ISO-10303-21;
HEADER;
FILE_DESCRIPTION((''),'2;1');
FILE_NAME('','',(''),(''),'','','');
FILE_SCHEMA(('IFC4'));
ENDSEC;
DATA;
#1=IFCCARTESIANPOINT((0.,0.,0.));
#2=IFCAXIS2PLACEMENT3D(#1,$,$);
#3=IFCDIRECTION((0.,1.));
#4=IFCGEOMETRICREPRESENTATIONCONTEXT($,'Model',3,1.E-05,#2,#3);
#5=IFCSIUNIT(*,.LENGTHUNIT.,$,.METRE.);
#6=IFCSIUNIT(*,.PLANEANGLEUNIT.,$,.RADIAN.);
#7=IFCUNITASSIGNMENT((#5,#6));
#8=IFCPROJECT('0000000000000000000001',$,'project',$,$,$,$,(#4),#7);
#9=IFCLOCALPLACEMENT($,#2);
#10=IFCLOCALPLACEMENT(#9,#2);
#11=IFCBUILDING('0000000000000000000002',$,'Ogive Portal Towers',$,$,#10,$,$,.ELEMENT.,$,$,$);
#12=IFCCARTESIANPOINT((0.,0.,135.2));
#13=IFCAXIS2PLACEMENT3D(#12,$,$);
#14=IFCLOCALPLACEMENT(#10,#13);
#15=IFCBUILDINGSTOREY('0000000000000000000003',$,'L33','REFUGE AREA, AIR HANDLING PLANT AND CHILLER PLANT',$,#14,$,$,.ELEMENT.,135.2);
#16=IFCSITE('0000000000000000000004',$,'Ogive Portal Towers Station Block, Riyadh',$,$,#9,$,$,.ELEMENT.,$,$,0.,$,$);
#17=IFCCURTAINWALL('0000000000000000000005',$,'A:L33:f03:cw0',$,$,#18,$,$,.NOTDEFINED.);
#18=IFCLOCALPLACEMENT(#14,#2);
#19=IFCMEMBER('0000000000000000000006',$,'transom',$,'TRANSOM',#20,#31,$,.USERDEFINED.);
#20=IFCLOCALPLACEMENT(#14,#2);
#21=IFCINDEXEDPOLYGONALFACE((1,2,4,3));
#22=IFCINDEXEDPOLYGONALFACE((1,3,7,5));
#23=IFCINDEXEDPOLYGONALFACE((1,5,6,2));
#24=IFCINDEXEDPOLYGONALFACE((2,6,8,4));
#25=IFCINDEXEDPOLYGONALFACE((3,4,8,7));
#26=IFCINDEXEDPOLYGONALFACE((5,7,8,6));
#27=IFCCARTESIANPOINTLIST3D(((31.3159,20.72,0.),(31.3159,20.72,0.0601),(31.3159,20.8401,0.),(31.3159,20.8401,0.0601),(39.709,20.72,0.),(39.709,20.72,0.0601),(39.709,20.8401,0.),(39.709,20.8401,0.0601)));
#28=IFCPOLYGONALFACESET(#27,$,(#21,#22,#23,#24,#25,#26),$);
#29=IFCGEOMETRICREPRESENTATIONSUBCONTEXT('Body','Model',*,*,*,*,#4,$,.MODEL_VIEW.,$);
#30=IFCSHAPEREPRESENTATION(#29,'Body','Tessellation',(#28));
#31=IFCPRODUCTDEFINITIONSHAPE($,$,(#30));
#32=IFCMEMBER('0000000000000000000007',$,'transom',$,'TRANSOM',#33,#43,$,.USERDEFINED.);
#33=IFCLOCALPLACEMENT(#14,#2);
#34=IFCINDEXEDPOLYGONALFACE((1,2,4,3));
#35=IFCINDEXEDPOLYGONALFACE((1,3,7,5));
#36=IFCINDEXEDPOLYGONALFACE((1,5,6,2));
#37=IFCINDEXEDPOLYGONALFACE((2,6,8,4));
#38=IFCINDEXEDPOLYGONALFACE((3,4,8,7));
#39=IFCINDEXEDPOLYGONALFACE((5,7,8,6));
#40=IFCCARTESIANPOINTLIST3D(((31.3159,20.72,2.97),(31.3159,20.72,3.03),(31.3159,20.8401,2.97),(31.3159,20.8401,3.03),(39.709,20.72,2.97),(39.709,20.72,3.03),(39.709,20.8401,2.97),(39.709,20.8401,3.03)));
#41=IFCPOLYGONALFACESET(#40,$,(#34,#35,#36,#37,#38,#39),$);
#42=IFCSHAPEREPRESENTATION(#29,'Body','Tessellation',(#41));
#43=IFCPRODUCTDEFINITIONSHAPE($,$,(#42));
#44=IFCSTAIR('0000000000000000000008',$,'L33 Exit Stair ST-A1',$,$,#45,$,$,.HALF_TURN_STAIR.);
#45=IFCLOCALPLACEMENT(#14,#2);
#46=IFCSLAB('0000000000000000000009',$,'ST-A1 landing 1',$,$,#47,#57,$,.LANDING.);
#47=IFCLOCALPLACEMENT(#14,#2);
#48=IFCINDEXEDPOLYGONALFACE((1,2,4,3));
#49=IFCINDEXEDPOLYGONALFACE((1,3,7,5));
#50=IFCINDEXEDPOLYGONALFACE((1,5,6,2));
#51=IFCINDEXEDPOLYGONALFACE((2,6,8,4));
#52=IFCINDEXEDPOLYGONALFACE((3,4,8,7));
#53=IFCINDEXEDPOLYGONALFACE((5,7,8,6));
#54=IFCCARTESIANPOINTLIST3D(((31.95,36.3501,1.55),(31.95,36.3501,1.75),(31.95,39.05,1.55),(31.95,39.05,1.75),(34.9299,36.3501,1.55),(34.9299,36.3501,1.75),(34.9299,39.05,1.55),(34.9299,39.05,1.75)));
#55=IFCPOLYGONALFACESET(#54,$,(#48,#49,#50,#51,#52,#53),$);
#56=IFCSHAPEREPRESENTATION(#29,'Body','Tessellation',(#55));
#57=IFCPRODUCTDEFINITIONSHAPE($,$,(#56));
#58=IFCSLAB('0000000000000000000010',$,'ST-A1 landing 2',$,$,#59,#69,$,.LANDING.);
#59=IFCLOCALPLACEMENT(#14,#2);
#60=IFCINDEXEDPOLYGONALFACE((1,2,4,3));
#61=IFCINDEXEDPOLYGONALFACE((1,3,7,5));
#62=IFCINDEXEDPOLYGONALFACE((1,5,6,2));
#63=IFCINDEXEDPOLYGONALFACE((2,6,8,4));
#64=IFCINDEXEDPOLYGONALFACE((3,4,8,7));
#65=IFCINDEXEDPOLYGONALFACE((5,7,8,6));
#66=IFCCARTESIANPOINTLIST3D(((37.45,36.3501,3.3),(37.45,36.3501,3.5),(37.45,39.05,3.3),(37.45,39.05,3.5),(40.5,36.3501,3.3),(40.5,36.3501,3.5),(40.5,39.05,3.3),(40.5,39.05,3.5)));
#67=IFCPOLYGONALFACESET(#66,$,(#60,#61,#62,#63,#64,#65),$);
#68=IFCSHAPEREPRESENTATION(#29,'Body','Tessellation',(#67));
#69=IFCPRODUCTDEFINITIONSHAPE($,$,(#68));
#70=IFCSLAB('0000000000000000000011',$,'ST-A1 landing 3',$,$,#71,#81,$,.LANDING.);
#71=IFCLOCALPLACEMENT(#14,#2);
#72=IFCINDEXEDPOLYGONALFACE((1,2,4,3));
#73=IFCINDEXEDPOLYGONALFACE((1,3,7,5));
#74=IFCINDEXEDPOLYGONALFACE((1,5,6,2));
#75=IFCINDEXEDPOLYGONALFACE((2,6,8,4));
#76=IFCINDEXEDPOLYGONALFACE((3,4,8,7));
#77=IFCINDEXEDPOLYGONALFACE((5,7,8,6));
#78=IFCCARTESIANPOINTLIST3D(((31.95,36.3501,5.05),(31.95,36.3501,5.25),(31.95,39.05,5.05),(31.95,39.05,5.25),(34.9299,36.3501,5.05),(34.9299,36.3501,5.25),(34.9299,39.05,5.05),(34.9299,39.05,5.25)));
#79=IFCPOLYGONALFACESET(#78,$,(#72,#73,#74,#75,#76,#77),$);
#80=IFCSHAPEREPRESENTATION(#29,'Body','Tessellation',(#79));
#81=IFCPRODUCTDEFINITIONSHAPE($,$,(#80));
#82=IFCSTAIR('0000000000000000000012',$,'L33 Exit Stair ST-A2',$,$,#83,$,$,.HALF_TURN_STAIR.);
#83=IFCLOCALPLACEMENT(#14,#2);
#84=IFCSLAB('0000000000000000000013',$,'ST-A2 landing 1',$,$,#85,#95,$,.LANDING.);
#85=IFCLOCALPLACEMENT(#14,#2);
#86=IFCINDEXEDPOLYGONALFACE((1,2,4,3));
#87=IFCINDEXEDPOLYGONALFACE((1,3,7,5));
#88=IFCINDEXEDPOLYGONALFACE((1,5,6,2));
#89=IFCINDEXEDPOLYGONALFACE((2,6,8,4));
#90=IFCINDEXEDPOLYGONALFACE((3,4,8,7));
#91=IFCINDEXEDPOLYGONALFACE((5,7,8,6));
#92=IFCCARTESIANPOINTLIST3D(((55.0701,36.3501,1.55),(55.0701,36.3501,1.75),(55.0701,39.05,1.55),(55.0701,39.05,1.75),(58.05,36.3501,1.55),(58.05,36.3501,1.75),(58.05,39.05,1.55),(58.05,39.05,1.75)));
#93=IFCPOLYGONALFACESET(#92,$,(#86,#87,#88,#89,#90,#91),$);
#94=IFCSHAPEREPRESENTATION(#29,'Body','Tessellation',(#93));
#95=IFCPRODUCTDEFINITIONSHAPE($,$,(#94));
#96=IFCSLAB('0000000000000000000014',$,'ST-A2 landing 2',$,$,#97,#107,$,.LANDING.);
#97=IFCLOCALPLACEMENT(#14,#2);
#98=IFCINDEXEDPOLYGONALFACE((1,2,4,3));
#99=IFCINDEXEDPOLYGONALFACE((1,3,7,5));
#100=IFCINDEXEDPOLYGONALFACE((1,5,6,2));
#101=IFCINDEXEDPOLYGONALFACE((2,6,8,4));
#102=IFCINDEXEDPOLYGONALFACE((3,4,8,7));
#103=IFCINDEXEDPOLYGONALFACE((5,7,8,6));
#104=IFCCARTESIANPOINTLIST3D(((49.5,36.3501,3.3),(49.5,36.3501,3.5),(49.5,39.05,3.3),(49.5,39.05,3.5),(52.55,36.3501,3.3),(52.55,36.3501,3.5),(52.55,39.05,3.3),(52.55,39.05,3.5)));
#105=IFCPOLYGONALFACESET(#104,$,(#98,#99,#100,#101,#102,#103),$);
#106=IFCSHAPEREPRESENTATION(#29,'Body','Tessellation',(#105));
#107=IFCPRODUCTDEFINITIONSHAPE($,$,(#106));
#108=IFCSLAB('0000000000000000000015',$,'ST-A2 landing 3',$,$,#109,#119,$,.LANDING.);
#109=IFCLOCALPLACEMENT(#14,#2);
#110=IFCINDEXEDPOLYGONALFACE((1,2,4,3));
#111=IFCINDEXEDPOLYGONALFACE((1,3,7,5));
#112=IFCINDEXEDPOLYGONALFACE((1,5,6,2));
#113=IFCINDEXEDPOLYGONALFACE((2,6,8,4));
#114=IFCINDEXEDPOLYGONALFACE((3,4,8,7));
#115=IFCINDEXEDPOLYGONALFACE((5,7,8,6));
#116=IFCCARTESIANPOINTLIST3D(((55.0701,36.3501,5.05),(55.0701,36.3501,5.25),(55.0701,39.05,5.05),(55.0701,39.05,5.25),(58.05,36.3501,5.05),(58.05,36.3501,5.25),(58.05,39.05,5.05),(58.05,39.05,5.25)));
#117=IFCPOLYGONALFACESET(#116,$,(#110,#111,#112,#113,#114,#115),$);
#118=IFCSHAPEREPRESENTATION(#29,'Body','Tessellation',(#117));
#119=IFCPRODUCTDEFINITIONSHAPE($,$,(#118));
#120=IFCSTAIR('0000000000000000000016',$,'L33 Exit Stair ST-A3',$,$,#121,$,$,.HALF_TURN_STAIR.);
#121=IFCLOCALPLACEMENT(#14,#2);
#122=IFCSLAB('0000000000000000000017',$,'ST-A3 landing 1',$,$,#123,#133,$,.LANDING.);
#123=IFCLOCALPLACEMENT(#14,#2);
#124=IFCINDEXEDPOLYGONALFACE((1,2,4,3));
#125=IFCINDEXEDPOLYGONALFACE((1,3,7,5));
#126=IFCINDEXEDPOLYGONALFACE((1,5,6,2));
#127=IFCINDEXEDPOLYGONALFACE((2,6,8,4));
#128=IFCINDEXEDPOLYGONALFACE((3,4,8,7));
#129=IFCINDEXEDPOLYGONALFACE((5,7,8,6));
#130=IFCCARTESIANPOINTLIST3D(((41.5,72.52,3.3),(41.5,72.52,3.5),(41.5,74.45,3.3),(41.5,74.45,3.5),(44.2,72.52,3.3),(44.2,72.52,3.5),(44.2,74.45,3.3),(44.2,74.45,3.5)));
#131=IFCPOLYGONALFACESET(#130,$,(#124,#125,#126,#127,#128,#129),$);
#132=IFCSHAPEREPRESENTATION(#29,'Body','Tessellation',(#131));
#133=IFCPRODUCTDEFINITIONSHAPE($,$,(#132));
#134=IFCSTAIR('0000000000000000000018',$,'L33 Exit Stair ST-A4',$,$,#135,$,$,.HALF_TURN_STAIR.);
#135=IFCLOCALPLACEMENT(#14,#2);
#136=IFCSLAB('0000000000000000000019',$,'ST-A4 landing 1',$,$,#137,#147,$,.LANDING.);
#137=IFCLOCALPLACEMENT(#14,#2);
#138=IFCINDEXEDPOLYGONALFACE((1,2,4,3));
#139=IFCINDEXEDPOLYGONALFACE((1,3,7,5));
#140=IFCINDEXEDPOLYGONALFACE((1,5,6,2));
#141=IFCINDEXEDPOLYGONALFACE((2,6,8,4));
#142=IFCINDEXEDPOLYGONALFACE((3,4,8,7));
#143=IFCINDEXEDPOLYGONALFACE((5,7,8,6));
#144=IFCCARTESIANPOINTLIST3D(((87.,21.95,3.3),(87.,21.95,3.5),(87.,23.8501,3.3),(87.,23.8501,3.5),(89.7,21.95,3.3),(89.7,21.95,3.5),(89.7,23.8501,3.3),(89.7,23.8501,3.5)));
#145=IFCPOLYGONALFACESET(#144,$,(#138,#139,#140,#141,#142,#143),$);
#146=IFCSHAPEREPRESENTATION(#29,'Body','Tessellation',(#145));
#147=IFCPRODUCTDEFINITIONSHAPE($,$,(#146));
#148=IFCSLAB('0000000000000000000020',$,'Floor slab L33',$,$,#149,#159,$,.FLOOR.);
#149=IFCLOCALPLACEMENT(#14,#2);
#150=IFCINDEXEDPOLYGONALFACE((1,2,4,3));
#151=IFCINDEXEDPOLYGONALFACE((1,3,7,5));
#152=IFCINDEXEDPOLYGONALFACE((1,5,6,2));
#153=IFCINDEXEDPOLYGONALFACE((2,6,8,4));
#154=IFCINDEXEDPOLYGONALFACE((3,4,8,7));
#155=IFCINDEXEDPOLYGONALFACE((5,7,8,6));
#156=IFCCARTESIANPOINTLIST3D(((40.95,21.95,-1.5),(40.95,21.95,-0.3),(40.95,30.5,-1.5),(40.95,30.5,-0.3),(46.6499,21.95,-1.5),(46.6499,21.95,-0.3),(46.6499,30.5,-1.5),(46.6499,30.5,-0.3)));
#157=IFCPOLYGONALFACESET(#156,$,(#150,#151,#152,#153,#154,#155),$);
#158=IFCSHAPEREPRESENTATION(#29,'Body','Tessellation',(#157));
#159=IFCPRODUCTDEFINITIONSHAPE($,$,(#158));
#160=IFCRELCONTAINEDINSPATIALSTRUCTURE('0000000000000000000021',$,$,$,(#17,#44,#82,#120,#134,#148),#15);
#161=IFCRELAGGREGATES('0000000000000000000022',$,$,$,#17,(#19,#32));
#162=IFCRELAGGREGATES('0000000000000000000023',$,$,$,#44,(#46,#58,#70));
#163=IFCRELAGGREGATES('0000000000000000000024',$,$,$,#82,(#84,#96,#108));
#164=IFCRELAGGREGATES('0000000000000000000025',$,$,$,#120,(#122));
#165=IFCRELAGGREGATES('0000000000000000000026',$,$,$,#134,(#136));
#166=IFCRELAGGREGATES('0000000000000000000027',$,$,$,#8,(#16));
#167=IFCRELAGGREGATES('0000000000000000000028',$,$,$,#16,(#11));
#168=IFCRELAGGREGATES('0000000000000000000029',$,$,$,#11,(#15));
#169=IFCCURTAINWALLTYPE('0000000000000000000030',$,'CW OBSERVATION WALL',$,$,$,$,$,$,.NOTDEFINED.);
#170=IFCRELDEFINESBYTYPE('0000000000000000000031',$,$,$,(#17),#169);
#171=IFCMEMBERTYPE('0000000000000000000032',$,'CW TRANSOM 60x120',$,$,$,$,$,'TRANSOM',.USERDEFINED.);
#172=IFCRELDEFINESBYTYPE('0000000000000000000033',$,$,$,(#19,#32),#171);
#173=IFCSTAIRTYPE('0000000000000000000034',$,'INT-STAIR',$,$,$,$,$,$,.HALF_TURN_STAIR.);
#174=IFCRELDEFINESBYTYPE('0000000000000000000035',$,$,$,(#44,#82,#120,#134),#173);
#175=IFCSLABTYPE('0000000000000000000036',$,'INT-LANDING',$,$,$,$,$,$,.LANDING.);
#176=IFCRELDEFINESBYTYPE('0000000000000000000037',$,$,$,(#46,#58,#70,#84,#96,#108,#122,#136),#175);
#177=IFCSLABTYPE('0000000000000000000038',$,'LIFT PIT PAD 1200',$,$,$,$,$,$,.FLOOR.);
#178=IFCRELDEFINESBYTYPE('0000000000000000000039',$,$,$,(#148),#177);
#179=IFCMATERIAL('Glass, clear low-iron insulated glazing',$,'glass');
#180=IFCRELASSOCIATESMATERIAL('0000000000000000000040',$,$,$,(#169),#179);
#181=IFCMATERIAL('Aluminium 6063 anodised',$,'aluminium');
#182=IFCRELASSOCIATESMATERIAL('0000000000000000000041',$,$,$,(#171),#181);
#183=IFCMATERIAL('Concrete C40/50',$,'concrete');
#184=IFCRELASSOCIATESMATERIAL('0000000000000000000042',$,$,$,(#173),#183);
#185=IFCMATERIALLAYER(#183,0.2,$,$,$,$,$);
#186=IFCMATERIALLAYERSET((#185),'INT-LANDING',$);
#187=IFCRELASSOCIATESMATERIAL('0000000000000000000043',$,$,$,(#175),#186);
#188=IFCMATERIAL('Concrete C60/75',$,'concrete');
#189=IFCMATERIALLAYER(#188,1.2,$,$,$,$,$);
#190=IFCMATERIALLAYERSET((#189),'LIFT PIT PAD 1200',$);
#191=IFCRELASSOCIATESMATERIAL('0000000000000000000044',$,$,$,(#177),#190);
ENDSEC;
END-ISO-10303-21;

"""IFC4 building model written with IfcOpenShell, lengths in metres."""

from ifc_helpers import new_model, si_unit, direction, frame, origin, origin_2d, place, context, subcontext, project, spatial, polyline, rectangle, outline, extrude, material, layer, layer_set, material_profile, profile_set, type_object, element, aggregate, save


model = new_model("IFC4")

# Units and contexts
model_context = context("Model", 3, precision=1e-05, world=origin(), true_north=direction((0.0, 1.0)))
body_context = subcontext(model_context, "Body", "Model", "MODEL_VIEW")
ifc_project = project(units=[si_unit("LENGTHUNIT", "METRE"), si_unit("PLANEANGLEUNIT", "RADIAN")], contexts=[model_context])

# Site, building, storey
site_placement = place(None, origin())
site = spatial("IfcSite", under=ifc_project, at=site_placement, Name="Ogive Portal Towers Station Block, Riyadh", CompositionType="ELEMENT", RefElevation=0.0)
building_placement = place(site_placement, origin())
building = spatial("IfcBuilding", under=site, at=building_placement, Name="Ogive Portal Towers", CompositionType="ELEMENT")
storey_placement = place(building_placement, frame((0.0, 0.0, 135.2)))
storey = spatial("IfcBuildingStorey", under=building, at=storey_placement, Name="L33", Description="REFUGE AREA, AIR HANDLING PLANT AND CHILLER PLANT", CompositionType="ELEMENT", Elevation=135.2)

# Curtain wall, members
ifc_material_1 = material(Name="Glass, clear low-iron insulated glazing", Category="glass")
curtain_wall_type = type_object("IfcCurtainWallType", Name="CW OBSERVATION WALL", PredefinedType="NOTDEFINED", material=ifc_material_1)
curtain_wall_placement = place(storey_placement, origin())
curtain_wall = element("IfcCurtainWall", 1, at=curtain_wall_placement, inside=storey, type_object=curtain_wall_type, Name="A:L33:f03:cw0", PredefinedType="NOTDEFINED")
ifc_material_2 = material(Name="Aluminium 6063 anodised", Category="aluminium")
ifc_material_profile = material_profile(ifc_material_2, rectangle(XDim=0.1201, YDim=0.0601, at=origin_2d()), Name="AL 120x60")
ifc_profile_set = profile_set([ifc_material_profile], Name="Aluminium 6063 anodised")
member_type = type_object("IfcMemberType", Name="CW TRANSOM 60x120", ElementType="TRANSOM", PredefinedType="USERDEFINED", material=ifc_profile_set)
member_1_placement = place(storey_placement, frame((31.3159, 20.78, 0.03), z_axis=(1.0, 0.0, 0.0), x_axis=(0.0, 1.0, 0.0)))
member_1 = element("IfcMember", 2, at=member_1_placement, type_object=member_type, Name="transom", ObjectType="TRANSOM", PredefinedType="USERDEFINED", context=body_context, shape_type="SweptSolid", body=[
    extrude(rectangle(XDim=0.1201, YDim=0.0601, at=origin_2d()), origin(), (0.0, 0.0, 1.0), 8.3931),
])
member_2_placement = place(storey_placement, frame((31.3159, 20.78, 3.0), z_axis=(1.0, 0.0, 0.0), x_axis=(0.0, 1.0, 0.0)))
member_2 = element("IfcMember", 3, at=member_2_placement, type_object=member_type, Name="transom", ObjectType="TRANSOM", PredefinedType="USERDEFINED", context=body_context, shape_type="SweptSolid", body=[
    extrude(rectangle(XDim=0.1201, YDim=0.0601, at=origin_2d()), origin(), (0.0, 0.0, 1.0), 8.3931),
])
aggregate(curtain_wall, [member_1, member_2])

# Stairs, slabs
ifc_material_3 = material(Name="Concrete C40/50", Category="concrete")
stair_type = type_object("IfcStairType", Name="INT-STAIR", PredefinedType="HALF_TURN_STAIR", material=ifc_material_3)
stair_1_placement = place(storey_placement, origin())
stair_1 = element("IfcStair", 4, at=stair_1_placement, inside=storey, type_object=stair_type, Name="L33 Exit Stair ST-A1", PredefinedType="HALF_TURN_STAIR")
ifc_layer_1 = layer(ifc_material_3, 0.2)
ifc_layer_set_1 = layer_set([ifc_layer_1], Name="INT-LANDING")
slab_type_1 = type_object("IfcSlabType", Name="INT-LANDING", PredefinedType="LANDING", material=ifc_layer_set_1)
slab_1_placement = place(storey_placement, frame((0.0, 0.0, 1.55)))
slab_1 = element("IfcSlab", 5, at=slab_1_placement, type_object=slab_type_1, Name="ST-A1 landing 1", PredefinedType="LANDING", context=body_context, shape_type="SweptSolid", body=[
    extrude(outline(polyline([(34.9299, 39.05), (31.95, 39.05), (31.95, 36.3501), (34.9299, 36.3501), (34.9299, 39.05)])), origin(), (0.0, 0.0, 1.0), 0.2),
])
slab_2_placement = place(storey_placement, frame((0.0, 0.0, 3.3)))
slab_2 = element("IfcSlab", 6, at=slab_2_placement, type_object=slab_type_1, Name="ST-A1 landing 2", PredefinedType="LANDING", context=body_context, shape_type="SweptSolid", body=[
    extrude(outline(polyline([(40.5, 39.05), (37.45, 39.05), (37.45, 36.3501), (40.5, 36.3501), (40.5, 39.05)])), origin(), (0.0, 0.0, 1.0), 0.2),
])
slab_3_placement = place(storey_placement, frame((0.0, 0.0, 5.05)))
slab_3 = element("IfcSlab", 7, at=slab_3_placement, type_object=slab_type_1, Name="ST-A1 landing 3", PredefinedType="LANDING", context=body_context, shape_type="SweptSolid", body=[
    extrude(outline(polyline([(34.9299, 39.05), (31.95, 39.05), (31.95, 36.3501), (34.9299, 36.3501), (34.9299, 39.05)])), origin(), (0.0, 0.0, 1.0), 0.2),
])
aggregate(stair_1, [slab_1, slab_2, slab_3])
stair_2_placement = place(storey_placement, origin())
stair_2 = element("IfcStair", 8, at=stair_2_placement, inside=storey, type_object=stair_type, Name="L33 Exit Stair ST-A2", PredefinedType="HALF_TURN_STAIR")
slab_4_placement = place(storey_placement, frame((0.0, 0.0, 1.55)))
slab_4 = element("IfcSlab", 9, at=slab_4_placement, type_object=slab_type_1, Name="ST-A2 landing 1", PredefinedType="LANDING", context=body_context, shape_type="SweptSolid", body=[
    extrude(outline(polyline([(55.0701, 36.3501), (58.05, 36.3501), (58.05, 39.05), (55.0701, 39.05), (55.0701, 36.3501)])), origin(), (0.0, 0.0, 1.0), 0.2),
])
slab_5_placement = place(storey_placement, frame((0.0, 0.0, 3.3)))
slab_5 = element("IfcSlab", 10, at=slab_5_placement, type_object=slab_type_1, Name="ST-A2 landing 2", PredefinedType="LANDING", context=body_context, shape_type="SweptSolid", body=[
    extrude(outline(polyline([(49.5, 36.3501), (52.55, 36.3501), (52.55, 39.05), (49.5, 39.05), (49.5, 36.3501)])), origin(), (0.0, 0.0, 1.0), 0.2),
])
slab_6_placement = place(storey_placement, frame((0.0, 0.0, 5.05)))
slab_6 = element("IfcSlab", 11, at=slab_6_placement, type_object=slab_type_1, Name="ST-A2 landing 3", PredefinedType="LANDING", context=body_context, shape_type="SweptSolid", body=[
    extrude(outline(polyline([(55.0701, 36.3501), (58.05, 36.3501), (58.05, 39.05), (55.0701, 39.05), (55.0701, 36.3501)])), origin(), (0.0, 0.0, 1.0), 0.2),
])
aggregate(stair_2, [slab_4, slab_5, slab_6])

# Stairs, slabs
stair_3_placement = place(storey_placement, origin())
stair_3 = element("IfcStair", 12, at=stair_3_placement, inside=storey, type_object=stair_type, Name="L33 Exit Stair ST-A3", PredefinedType="HALF_TURN_STAIR")
slab_7_placement = place(storey_placement, frame((0.0, 0.0, 3.3)))
slab_7 = element("IfcSlab", 13, at=slab_7_placement, type_object=slab_type_1, Name="ST-A3 landing 1", PredefinedType="LANDING", context=body_context, shape_type="SweptSolid", body=[
    extrude(outline(polyline([(44.2, 72.52), (44.2, 74.45), (41.5, 74.45), (41.5, 72.52), (44.2, 72.52)])), origin(), (0.0, 0.0, 1.0), 0.2),
])
aggregate(stair_3, [slab_7])
stair_4_placement = place(storey_placement, origin())
stair_4 = element("IfcStair", 14, at=stair_4_placement, inside=storey, type_object=stair_type, Name="L33 Exit Stair ST-A4", PredefinedType="HALF_TURN_STAIR")
slab_8_placement = place(storey_placement, frame((0.0, 0.0, 3.3)))
slab_8 = element("IfcSlab", 15, at=slab_8_placement, type_object=slab_type_1, Name="ST-A4 landing 1", PredefinedType="LANDING", context=body_context, shape_type="SweptSolid", body=[
    extrude(outline(polyline([(87.0, 23.8501), (87.0, 21.95), (89.7, 21.95), (89.7, 23.8501), (87.0, 23.8501)])), origin(), (0.0, 0.0, 1.0), 0.2),
])
aggregate(stair_4, [slab_8])

# Slab
ifc_material_4 = material(Name="Concrete C60/75", Category="concrete")
ifc_layer_2 = layer(ifc_material_4, 1.2)
ifc_layer_set_2 = layer_set([ifc_layer_2], Name="LIFT PIT PAD 1200")
slab_type_2 = type_object("IfcSlabType", Name="LIFT PIT PAD 1200", PredefinedType="FLOOR", material=ifc_layer_set_2)
slab_9_placement = place(storey_placement, frame((0.0, 0.0, -1.5)))
element("IfcSlab", 16, at=slab_9_placement, inside=storey, type_object=slab_type_2, Name="Floor slab L33", PredefinedType="FLOOR", context=body_context, shape_type="SweptSolid", body=[
    extrude(outline(polyline([(46.6499, 21.95), (46.6499, 30.5), (40.95, 30.5), (40.95, 21.95), (46.6499, 21.95)])), origin(), (0.0, 0.0, 1.0), 1.2),
])

save(model, "model.ifc")
